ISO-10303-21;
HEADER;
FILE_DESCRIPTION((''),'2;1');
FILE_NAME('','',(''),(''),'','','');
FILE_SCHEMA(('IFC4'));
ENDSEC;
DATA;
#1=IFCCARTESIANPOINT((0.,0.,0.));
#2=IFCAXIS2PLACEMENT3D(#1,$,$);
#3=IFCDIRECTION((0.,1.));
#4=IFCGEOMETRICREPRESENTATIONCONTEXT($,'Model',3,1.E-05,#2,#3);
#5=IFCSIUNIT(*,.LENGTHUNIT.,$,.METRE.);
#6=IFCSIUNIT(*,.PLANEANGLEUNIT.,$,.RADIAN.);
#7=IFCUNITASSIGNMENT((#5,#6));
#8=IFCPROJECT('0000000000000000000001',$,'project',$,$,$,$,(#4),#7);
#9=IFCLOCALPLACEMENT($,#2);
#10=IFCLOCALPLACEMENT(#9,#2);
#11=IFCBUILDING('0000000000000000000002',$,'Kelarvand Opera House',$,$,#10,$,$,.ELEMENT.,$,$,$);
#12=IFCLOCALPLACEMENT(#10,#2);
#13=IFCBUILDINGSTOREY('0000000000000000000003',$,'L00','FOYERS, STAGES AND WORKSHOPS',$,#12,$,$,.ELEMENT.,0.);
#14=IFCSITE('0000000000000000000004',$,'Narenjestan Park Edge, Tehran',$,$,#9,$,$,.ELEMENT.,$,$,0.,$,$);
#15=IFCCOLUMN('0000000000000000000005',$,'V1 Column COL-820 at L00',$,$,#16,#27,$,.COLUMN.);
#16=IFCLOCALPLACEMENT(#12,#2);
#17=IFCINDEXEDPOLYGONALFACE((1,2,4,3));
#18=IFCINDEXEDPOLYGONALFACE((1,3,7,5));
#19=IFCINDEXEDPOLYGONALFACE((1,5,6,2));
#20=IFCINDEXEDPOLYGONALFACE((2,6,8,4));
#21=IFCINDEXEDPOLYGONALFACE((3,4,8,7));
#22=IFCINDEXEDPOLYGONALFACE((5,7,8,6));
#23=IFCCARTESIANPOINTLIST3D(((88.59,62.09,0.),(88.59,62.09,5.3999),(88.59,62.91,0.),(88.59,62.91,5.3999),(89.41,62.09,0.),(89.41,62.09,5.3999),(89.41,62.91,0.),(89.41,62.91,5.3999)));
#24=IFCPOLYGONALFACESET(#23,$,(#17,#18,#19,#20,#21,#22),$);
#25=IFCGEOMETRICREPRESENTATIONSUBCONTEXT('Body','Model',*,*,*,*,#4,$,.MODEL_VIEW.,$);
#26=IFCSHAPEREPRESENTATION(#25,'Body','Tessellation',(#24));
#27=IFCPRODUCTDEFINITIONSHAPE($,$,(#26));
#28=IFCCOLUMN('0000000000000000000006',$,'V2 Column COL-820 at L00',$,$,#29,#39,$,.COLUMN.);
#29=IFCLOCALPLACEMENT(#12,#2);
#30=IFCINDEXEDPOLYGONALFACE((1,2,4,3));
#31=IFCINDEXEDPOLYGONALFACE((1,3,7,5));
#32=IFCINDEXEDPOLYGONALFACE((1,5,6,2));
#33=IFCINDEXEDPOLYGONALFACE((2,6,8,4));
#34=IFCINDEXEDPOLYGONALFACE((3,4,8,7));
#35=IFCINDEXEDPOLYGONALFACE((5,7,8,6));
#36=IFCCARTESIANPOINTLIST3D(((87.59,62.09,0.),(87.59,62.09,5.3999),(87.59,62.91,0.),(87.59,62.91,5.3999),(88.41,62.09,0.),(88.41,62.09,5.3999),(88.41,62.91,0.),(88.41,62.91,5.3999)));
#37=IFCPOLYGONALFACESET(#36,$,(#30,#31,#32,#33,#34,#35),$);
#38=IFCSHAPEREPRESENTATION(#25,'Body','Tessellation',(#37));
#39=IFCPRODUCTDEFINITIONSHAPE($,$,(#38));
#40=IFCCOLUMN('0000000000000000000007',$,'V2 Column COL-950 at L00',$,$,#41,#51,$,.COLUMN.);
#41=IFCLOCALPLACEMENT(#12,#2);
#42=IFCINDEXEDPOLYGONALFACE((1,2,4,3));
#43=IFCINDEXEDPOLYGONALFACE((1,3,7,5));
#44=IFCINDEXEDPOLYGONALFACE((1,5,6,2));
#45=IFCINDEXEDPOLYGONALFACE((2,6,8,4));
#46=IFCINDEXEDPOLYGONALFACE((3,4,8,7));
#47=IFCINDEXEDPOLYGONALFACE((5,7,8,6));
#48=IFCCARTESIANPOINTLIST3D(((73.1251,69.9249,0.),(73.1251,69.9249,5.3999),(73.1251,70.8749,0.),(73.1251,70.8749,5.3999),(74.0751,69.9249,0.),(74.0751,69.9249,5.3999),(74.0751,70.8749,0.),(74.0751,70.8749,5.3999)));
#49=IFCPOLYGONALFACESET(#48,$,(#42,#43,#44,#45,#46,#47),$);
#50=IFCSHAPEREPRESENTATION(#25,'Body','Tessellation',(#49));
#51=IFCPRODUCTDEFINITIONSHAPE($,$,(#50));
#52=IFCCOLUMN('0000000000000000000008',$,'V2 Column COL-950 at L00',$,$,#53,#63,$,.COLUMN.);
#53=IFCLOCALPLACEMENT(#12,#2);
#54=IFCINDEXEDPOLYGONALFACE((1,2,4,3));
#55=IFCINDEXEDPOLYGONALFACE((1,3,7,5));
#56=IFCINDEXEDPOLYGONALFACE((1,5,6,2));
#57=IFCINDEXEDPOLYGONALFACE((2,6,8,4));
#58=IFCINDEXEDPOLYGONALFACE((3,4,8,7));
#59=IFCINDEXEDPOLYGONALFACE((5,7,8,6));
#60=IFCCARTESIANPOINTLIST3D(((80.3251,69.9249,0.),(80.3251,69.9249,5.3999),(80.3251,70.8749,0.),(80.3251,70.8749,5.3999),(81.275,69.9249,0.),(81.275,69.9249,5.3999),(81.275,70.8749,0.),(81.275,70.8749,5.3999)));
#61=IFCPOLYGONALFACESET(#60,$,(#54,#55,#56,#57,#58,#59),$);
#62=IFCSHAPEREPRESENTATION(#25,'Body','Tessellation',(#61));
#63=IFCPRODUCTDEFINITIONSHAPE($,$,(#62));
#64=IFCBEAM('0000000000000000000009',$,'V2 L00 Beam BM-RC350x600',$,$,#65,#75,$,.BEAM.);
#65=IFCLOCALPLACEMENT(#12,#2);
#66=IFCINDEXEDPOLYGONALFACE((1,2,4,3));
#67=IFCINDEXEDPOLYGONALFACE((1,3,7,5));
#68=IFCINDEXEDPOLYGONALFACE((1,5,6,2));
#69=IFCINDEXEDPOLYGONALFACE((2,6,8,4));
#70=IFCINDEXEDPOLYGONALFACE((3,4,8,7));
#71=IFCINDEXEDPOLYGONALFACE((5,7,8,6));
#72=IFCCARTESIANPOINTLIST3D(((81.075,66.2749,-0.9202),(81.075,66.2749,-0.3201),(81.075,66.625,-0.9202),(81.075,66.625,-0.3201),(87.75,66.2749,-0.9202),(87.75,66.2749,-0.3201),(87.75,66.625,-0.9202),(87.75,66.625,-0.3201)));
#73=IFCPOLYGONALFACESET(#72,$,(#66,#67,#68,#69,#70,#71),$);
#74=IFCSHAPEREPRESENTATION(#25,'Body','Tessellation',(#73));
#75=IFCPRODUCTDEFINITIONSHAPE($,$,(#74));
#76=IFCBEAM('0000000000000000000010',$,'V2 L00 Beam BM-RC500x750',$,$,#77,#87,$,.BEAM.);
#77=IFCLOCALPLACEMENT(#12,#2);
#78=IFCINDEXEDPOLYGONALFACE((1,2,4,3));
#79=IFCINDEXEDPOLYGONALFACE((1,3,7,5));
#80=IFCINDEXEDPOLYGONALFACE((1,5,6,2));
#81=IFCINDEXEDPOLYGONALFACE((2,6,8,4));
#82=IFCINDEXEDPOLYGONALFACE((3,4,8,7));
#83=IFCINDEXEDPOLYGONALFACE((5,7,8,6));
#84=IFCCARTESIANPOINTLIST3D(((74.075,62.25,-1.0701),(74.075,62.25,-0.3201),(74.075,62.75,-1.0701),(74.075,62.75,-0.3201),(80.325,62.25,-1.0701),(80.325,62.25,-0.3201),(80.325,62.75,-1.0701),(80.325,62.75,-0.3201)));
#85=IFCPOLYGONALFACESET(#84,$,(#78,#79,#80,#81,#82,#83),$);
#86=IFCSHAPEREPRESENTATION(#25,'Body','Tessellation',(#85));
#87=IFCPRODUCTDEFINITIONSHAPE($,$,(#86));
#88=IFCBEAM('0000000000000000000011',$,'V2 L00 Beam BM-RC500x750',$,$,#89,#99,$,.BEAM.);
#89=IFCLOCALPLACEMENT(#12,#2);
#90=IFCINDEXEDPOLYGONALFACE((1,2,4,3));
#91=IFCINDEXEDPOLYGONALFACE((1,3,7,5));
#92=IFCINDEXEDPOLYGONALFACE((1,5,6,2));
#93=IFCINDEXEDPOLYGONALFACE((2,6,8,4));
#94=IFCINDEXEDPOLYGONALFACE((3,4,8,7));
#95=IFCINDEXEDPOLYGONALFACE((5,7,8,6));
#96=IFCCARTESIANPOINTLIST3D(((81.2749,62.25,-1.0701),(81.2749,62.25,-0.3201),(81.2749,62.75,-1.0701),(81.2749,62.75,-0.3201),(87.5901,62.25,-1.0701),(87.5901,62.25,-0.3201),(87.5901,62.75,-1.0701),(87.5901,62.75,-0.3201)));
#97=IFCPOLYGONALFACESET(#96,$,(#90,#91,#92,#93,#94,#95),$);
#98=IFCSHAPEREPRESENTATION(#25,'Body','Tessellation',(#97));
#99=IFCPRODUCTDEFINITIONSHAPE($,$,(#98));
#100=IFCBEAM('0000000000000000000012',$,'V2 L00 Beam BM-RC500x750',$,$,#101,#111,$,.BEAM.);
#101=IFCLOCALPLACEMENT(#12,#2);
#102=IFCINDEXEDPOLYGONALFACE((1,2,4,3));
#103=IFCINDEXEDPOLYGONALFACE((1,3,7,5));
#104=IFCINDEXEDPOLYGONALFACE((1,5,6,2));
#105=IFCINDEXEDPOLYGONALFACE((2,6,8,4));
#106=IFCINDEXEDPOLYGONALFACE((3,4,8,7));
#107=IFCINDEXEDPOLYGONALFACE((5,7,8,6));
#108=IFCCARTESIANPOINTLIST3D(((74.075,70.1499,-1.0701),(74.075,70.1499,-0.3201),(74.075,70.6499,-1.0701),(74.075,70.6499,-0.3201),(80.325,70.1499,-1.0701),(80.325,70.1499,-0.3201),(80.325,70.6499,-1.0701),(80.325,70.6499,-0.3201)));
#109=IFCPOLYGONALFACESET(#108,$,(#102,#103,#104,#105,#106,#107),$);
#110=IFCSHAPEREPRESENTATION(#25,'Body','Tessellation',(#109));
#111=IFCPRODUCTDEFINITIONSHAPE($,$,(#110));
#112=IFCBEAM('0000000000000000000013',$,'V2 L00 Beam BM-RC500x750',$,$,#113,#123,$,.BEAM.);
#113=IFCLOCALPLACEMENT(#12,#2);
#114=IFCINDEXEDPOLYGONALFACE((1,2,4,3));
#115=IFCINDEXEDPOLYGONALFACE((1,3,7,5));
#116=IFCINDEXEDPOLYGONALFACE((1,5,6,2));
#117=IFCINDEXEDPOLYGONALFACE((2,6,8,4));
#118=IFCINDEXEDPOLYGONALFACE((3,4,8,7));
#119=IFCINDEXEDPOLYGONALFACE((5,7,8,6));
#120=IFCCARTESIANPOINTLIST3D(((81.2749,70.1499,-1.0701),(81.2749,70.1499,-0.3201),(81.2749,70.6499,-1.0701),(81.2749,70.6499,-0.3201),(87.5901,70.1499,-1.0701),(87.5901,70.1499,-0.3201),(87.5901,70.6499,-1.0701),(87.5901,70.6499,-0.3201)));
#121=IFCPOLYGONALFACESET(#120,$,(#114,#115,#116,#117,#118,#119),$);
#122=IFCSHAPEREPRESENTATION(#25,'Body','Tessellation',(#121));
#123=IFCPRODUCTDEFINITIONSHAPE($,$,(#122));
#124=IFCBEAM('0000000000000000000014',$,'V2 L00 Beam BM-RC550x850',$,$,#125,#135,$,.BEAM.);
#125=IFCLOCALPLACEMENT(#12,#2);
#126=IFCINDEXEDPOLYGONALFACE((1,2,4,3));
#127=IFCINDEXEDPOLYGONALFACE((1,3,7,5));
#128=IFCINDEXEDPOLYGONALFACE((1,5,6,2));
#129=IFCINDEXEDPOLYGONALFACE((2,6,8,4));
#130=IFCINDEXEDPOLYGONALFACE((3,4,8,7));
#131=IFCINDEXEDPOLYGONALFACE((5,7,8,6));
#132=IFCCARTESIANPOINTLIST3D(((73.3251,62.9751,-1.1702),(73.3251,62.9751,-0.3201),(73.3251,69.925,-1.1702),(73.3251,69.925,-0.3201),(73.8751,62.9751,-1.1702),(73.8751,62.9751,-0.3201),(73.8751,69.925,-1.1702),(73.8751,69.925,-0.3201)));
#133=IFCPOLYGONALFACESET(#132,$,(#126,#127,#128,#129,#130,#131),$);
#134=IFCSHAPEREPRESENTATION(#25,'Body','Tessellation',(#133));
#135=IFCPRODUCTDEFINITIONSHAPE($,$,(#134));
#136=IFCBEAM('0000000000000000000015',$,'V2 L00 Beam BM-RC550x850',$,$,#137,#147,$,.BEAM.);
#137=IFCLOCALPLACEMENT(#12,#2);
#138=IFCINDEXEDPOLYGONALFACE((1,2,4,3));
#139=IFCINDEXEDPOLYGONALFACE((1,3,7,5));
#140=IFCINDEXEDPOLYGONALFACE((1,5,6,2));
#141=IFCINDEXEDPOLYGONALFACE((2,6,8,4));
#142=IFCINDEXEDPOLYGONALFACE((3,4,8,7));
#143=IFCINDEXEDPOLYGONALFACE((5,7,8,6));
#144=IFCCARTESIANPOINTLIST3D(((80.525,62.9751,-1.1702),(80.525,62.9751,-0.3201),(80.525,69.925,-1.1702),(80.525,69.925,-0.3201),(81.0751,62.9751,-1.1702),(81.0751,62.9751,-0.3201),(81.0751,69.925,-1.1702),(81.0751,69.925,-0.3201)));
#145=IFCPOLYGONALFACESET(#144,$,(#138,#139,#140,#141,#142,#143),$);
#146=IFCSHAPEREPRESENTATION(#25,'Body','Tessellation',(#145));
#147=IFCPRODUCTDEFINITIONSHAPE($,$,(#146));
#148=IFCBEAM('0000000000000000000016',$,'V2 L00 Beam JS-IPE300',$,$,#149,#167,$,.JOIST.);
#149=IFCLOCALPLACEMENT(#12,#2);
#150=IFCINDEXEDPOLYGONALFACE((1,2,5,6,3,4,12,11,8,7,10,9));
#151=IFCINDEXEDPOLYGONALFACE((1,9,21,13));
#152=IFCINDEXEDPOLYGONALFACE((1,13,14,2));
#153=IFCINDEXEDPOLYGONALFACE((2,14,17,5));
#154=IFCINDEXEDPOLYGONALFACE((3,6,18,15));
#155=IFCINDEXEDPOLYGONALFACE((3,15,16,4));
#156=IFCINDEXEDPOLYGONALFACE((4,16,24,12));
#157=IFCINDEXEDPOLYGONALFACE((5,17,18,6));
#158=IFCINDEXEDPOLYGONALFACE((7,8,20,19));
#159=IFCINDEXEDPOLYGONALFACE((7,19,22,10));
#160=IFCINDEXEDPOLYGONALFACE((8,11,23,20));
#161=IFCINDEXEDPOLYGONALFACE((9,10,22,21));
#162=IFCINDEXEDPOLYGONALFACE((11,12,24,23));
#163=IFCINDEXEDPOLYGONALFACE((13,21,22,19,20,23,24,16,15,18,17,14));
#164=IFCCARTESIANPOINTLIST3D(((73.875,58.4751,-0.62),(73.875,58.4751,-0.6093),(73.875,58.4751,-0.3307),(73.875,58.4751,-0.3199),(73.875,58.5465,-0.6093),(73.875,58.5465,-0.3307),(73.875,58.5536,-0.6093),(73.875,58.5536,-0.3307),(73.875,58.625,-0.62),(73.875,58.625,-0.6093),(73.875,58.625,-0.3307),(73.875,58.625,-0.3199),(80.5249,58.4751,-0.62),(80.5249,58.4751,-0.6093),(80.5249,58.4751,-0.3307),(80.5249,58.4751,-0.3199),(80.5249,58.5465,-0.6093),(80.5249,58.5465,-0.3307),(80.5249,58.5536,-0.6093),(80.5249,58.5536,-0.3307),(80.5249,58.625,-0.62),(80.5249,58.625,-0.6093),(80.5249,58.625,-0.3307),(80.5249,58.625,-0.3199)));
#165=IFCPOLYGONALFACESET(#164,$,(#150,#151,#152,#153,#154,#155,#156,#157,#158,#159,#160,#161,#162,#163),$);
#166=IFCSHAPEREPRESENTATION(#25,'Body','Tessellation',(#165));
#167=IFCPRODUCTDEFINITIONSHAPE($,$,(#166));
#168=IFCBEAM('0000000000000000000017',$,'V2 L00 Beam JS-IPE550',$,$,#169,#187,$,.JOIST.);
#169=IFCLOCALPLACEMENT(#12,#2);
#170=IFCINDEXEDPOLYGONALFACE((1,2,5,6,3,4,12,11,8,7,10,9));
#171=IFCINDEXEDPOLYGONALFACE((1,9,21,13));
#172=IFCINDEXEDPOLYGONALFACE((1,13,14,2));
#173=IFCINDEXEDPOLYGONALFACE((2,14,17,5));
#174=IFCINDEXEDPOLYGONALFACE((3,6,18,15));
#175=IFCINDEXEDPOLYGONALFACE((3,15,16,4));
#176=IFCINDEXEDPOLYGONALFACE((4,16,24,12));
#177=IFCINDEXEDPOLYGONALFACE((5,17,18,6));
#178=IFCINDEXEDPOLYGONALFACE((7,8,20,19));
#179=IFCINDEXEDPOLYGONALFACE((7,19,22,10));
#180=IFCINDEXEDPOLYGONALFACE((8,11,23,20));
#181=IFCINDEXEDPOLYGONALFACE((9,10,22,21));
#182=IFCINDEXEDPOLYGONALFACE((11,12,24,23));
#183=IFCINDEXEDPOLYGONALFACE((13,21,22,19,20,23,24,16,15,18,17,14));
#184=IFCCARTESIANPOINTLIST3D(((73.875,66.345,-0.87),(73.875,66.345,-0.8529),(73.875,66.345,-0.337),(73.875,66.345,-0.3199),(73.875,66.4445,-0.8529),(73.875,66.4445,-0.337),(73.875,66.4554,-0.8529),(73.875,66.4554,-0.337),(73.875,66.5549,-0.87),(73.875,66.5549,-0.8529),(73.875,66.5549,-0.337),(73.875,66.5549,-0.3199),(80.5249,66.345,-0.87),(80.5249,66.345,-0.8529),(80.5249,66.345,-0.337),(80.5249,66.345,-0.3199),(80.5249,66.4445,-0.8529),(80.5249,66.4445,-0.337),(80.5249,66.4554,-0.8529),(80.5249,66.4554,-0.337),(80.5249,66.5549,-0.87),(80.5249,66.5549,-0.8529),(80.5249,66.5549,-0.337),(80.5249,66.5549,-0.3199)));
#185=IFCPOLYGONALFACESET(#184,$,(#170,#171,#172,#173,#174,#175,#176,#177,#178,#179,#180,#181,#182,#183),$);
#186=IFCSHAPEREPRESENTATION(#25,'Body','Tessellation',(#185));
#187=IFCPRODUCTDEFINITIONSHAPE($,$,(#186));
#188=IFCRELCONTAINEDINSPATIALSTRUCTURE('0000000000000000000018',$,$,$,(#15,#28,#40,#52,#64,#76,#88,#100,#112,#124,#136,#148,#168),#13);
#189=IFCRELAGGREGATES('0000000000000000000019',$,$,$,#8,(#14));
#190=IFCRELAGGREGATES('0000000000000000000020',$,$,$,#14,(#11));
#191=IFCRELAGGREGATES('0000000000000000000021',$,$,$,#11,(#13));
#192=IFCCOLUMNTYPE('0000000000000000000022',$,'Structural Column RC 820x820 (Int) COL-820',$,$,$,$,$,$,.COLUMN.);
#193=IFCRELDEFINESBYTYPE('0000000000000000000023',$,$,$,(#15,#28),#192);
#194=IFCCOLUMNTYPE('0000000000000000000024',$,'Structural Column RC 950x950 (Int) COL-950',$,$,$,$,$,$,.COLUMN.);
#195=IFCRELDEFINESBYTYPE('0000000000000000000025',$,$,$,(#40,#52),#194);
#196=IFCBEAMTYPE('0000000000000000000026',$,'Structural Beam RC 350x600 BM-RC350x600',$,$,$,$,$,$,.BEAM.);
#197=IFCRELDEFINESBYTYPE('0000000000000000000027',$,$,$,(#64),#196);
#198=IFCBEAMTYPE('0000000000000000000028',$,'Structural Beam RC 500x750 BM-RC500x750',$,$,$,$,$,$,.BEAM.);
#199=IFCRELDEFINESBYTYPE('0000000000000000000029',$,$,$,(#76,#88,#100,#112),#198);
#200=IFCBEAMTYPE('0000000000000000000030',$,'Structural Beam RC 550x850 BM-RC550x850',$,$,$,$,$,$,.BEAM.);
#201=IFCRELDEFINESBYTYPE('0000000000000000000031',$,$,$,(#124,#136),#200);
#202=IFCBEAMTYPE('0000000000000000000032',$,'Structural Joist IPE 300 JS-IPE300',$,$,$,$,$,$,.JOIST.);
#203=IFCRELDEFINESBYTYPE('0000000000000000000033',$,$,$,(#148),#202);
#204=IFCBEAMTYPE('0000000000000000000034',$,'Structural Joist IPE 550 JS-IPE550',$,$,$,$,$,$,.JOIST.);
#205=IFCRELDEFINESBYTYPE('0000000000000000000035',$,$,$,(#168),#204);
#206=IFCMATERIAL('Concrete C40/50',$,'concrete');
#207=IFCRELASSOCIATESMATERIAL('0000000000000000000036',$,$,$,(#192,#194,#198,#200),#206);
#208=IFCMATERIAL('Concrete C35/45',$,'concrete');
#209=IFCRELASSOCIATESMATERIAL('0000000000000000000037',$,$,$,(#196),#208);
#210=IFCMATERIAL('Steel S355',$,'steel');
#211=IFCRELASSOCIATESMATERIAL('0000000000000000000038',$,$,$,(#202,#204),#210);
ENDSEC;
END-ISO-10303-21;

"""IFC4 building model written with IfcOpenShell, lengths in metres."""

from ifc_helpers import new_model, si_unit, direction, frame, origin, origin_2d, place, context, subcontext, project, spatial, rectangle, i_section, extrude, material, material_profile, profile_set, type_object, element, save


model = new_model("IFC4")

# Units and contexts
model_context = context("Model", 3, precision=1e-05, world=origin(), true_north=direction((0.0, 1.0)))
body_context = subcontext(model_context, "Body", "Model", "MODEL_VIEW")
ifc_project = project(units=[si_unit("LENGTHUNIT", "METRE"), si_unit("PLANEANGLEUNIT", "RADIAN")], contexts=[model_context])

# Site, building, storey
site_placement = place(None, origin())
site = spatial("IfcSite", under=ifc_project, at=site_placement, Name="Narenjestan Park Edge, Tehran", CompositionType="ELEMENT", RefElevation=0.0)
building_placement = place(site_placement, origin())
building = spatial("IfcBuilding", under=site, at=building_placement, Name="Kelarvand Opera House", CompositionType="ELEMENT")
storey_placement = place(building_placement, origin())
storey = spatial("IfcBuildingStorey", under=building, at=storey_placement, Name="L00", Description="FOYERS, STAGES AND WORKSHOPS", CompositionType="ELEMENT", Elevation=0.0)

# Columns
ifc_material_1 = material(Name="Concrete C40/50", Category="concrete")
ifc_material_profile_1 = material_profile(ifc_material_1, rectangle(XDim=0.8201, YDim=0.8201, at=origin_2d()), Name="RC 820x820", Category="concrete")
ifc_profile_set_1 = profile_set([ifc_material_profile_1], Name="Concrete C40/50")
column_type_1 = type_object("IfcColumnType", Name="Structural Column RC 820x820 (Int) COL-820", PredefinedType="COLUMN", material=ifc_profile_set_1)
for number, where, z_axis, x_axis, name in (
    (1, (89.0, 62.5, 0.0), (0.0, 0.0, 1.0), (1.0, 0.0, 0.0), "V1 Column COL-820 at L00"),
    (2, (88.0, 62.5, 0.0), (0.0, 0.0, 1.0), (1.0, 0.0, 0.0), "V2 Column COL-820 at L00"),
):
    element("IfcColumn", number, at=place(storey_placement, frame(where, z_axis=z_axis, x_axis=x_axis)), inside=storey, type_object=column_type_1, Name=name, PredefinedType="COLUMN", context=body_context, shape_type="SweptSolid", body=[
        extrude(rectangle(XDim=0.8201, YDim=0.8201, at=origin_2d()), origin(), (0.0, 0.0, 1.0), 5.3999),
    ])
ifc_material_profile_2 = material_profile(ifc_material_1, rectangle(XDim=0.95, YDim=0.95, at=origin_2d()), Name="RC 950x950", Category="concrete")
ifc_profile_set_2 = profile_set([ifc_material_profile_2], Name="Concrete C40/50")
column_type_2 = type_object("IfcColumnType", Name="Structural Column RC 950x950 (Int) COL-950", PredefinedType="COLUMN", material=ifc_profile_set_2)
for number, where, z_axis, x_axis, name in (
    (3, (73.6001, 70.3999, 0.0), (0.0, 0.0, 1.0), (1.0, 0.0, 0.0), "V2 Column COL-950 at L00"),
    (4, (80.8, 70.3999, 0.0), (0.0, 0.0, 1.0), (1.0, 0.0, 0.0), "V2 Column COL-950 at L00"),
):
    element("IfcColumn", number, at=place(storey_placement, frame(where, z_axis=z_axis, x_axis=x_axis)), inside=storey, type_object=column_type_2, Name=name, PredefinedType="COLUMN", context=body_context, shape_type="SweptSolid", body=[
        extrude(rectangle(XDim=0.95, YDim=0.95, at=origin_2d()), origin(), (0.0, 0.0, 1.0), 5.3999),
    ])

# Beams
ifc_material_2 = material(Name="Concrete C35/45", Category="concrete")
ifc_material_profile_3 = material_profile(ifc_material_2, rectangle(XDim=0.3501, YDim=0.6001, at=origin_2d()), Name="RC 350x600", Category="concrete")
ifc_profile_set_3 = profile_set([ifc_material_profile_3], Name="Concrete C35/45")
beam_type_1 = type_object("IfcBeamType", Name="Structural Beam RC 350x600 BM-RC350x600", PredefinedType="BEAM", material=ifc_profile_set_3)
beam_1_placement = place(storey_placement, frame((81.075, 66.45, -0.6201), z_axis=(1.0, 0.0, 0.0), x_axis=(0.0, 1.0, 0.0)))
element("IfcBeam", 5, at=beam_1_placement, inside=storey, type_object=beam_type_1, Name="V2 L00 Beam BM-RC350x600", PredefinedType="BEAM", context=body_context, shape_type="SweptSolid", body=[
    extrude(rectangle(XDim=0.3501, YDim=0.6001, at=origin_2d()), origin(), (0.0, 0.0, 1.0), 6.675),
])
ifc_material_profile_4 = material_profile(ifc_material_1, rectangle(XDim=0.5, YDim=0.75, at=origin_2d()), Name="RC 500x750", Category="concrete")
ifc_profile_set_4 = profile_set([ifc_material_profile_4], Name="Concrete C40/50")
beam_type_2 = type_object("IfcBeamType", Name="Structural Beam RC 500x750 BM-RC500x750", PredefinedType="BEAM", material=ifc_profile_set_4)
beam_2_placement = place(storey_placement, frame((74.075, 62.5, -0.6951), z_axis=(1.0, 0.0, 0.0), x_axis=(0.0, 1.0, 0.0)))
element("IfcBeam", 6, at=beam_2_placement, inside=storey, type_object=beam_type_2, Name="V2 L00 Beam BM-RC500x750", PredefinedType="BEAM", context=body_context, shape_type="SweptSolid", body=[
    extrude(rectangle(XDim=0.5, YDim=0.75, at=origin_2d()), origin(), (0.0, 0.0, 1.0), 6.25),
])
beam_3_placement = place(storey_placement, frame((81.2749, 62.5, -0.6951), z_axis=(1.0, 0.0, 0.0), x_axis=(0.0, 1.0, 0.0)))
element("IfcBeam", 7, at=beam_3_placement, inside=storey, type_object=beam_type_2, Name="V2 L00 Beam BM-RC500x750", PredefinedType="BEAM", context=body_context, shape_type="SweptSolid", body=[
    extrude(rectangle(XDim=0.5, YDim=0.75, at=origin_2d()), origin(), (0.0, 0.0, 1.0), 6.3152),
])
beam_4_placement = place(storey_placement, frame((74.075, 70.3999, -0.6951), z_axis=(1.0, 0.0, 0.0), x_axis=(0.0, 1.0, 0.0)))
element("IfcBeam", 8, at=beam_4_placement, inside=storey, type_object=beam_type_2, Name="V2 L00 Beam BM-RC500x750", PredefinedType="BEAM", context=body_context, shape_type="SweptSolid", body=[
    extrude(rectangle(XDim=0.5, YDim=0.75, at=origin_2d()), origin(), (0.0, 0.0, 1.0), 6.25),
])
beam_5_placement = place(storey_placement, frame((81.2749, 70.3999, -0.6951), z_axis=(1.0, 0.0, 0.0), x_axis=(0.0, 1.0, 0.0)))
element("IfcBeam", 9, at=beam_5_placement, inside=storey, type_object=beam_type_2, Name="V2 L00 Beam BM-RC500x750", PredefinedType="BEAM", context=body_context, shape_type="SweptSolid", body=[
    extrude(rectangle(XDim=0.5, YDim=0.75, at=origin_2d()), origin(), (0.0, 0.0, 1.0), 6.3152),
])
ifc_material_profile_5 = material_profile(ifc_material_1, rectangle(XDim=0.55, YDim=0.8501, at=origin_2d()), Name="RC 550x850", Category="concrete")
ifc_profile_set_5 = profile_set([ifc_material_profile_5], Name="Concrete C40/50")
beam_type_3 = type_object("IfcBeamType", Name="Structural Beam RC 550x850 BM-RC550x850", PredefinedType="BEAM", material=ifc_profile_set_5)
for number, where, z_axis, x_axis, name in (
    (10, (73.6001, 62.9751, -0.7451), (0.0, 1.0, 0.0), (-1.0, 0.0, 0.0), "V2 L00 Beam BM-RC550x850"),
    (11, (80.8, 62.9751, -0.7451), (0.0, 1.0, 0.0), (-1.0, 0.0, 0.0), "V2 L00 Beam BM-RC550x850"),
):
    element("IfcBeam", number, at=place(storey_placement, frame(where, z_axis=z_axis, x_axis=x_axis)), inside=storey, type_object=beam_type_3, Name=name, PredefinedType="BEAM", context=body_context, shape_type="SweptSolid", body=[
        extrude(rectangle(XDim=0.55, YDim=0.8501, at=origin_2d()), origin(), (0.0, 0.0, 1.0), 6.95),
    ])
ifc_material_3 = material(Name="Steel S355", Category="steel")
ifc_material_profile_6 = material_profile(ifc_material_3, i_section(OverallWidth=0.1499, OverallDepth=0.3, WebThickness=0.0071, FlangeThickness=0.0107, at=origin_2d()), Name="IPE 300", Category="steel")
ifc_profile_set_6 = profile_set([ifc_material_profile_6], Name="Steel S355")
beam_type_4 = type_object("IfcBeamType", Name="Structural Joist IPE 300 JS-IPE300", PredefinedType="JOIST", material=ifc_profile_set_6)
beam_6_placement = place(storey_placement, frame((73.875, 58.55, -0.47), z_axis=(1.0, 0.0, 0.0), x_axis=(0.0, 1.0, 0.0)))
element("IfcBeam", 12, at=beam_6_placement, inside=storey, type_object=beam_type_4, Name="V2 L00 Beam JS-IPE300", PredefinedType="JOIST", context=body_context, shape_type="SweptSolid", body=[
    extrude(i_section(OverallWidth=0.1499, OverallDepth=0.3, WebThickness=0.0071, FlangeThickness=0.0107, at=origin_2d()), origin(), (0.0, 0.0, 1.0), 6.6499),
])
ifc_material_profile_7 = material_profile(ifc_material_3, i_section(OverallWidth=0.21, OverallDepth=0.55, WebThickness=0.011, FlangeThickness=0.0171, at=origin_2d()), Name="IPE 550", Category="steel")
ifc_profile_set_7 = profile_set([ifc_material_profile_7], Name="Steel S355")
beam_type_5 = type_object("IfcBeamType", Name="Structural Joist IPE 550 JS-IPE550", PredefinedType="JOIST", material=ifc_profile_set_7)
beam_7_placement = place(storey_placement, frame((73.875, 66.45, -0.595), z_axis=(1.0, 0.0, 0.0), x_axis=(0.0, 1.0, 0.0)))
element("IfcBeam", 13, at=beam_7_placement, inside=storey, type_object=beam_type_5, Name="V2 L00 Beam JS-IPE550", PredefinedType="JOIST", context=body_context, shape_type="SweptSolid", body=[
    extrude(i_section(OverallWidth=0.21, OverallDepth=0.55, WebThickness=0.011, FlangeThickness=0.0171, at=origin_2d()), origin(), (0.0, 0.0, 1.0), 6.6499),
])

save(model, "model.ifc")
